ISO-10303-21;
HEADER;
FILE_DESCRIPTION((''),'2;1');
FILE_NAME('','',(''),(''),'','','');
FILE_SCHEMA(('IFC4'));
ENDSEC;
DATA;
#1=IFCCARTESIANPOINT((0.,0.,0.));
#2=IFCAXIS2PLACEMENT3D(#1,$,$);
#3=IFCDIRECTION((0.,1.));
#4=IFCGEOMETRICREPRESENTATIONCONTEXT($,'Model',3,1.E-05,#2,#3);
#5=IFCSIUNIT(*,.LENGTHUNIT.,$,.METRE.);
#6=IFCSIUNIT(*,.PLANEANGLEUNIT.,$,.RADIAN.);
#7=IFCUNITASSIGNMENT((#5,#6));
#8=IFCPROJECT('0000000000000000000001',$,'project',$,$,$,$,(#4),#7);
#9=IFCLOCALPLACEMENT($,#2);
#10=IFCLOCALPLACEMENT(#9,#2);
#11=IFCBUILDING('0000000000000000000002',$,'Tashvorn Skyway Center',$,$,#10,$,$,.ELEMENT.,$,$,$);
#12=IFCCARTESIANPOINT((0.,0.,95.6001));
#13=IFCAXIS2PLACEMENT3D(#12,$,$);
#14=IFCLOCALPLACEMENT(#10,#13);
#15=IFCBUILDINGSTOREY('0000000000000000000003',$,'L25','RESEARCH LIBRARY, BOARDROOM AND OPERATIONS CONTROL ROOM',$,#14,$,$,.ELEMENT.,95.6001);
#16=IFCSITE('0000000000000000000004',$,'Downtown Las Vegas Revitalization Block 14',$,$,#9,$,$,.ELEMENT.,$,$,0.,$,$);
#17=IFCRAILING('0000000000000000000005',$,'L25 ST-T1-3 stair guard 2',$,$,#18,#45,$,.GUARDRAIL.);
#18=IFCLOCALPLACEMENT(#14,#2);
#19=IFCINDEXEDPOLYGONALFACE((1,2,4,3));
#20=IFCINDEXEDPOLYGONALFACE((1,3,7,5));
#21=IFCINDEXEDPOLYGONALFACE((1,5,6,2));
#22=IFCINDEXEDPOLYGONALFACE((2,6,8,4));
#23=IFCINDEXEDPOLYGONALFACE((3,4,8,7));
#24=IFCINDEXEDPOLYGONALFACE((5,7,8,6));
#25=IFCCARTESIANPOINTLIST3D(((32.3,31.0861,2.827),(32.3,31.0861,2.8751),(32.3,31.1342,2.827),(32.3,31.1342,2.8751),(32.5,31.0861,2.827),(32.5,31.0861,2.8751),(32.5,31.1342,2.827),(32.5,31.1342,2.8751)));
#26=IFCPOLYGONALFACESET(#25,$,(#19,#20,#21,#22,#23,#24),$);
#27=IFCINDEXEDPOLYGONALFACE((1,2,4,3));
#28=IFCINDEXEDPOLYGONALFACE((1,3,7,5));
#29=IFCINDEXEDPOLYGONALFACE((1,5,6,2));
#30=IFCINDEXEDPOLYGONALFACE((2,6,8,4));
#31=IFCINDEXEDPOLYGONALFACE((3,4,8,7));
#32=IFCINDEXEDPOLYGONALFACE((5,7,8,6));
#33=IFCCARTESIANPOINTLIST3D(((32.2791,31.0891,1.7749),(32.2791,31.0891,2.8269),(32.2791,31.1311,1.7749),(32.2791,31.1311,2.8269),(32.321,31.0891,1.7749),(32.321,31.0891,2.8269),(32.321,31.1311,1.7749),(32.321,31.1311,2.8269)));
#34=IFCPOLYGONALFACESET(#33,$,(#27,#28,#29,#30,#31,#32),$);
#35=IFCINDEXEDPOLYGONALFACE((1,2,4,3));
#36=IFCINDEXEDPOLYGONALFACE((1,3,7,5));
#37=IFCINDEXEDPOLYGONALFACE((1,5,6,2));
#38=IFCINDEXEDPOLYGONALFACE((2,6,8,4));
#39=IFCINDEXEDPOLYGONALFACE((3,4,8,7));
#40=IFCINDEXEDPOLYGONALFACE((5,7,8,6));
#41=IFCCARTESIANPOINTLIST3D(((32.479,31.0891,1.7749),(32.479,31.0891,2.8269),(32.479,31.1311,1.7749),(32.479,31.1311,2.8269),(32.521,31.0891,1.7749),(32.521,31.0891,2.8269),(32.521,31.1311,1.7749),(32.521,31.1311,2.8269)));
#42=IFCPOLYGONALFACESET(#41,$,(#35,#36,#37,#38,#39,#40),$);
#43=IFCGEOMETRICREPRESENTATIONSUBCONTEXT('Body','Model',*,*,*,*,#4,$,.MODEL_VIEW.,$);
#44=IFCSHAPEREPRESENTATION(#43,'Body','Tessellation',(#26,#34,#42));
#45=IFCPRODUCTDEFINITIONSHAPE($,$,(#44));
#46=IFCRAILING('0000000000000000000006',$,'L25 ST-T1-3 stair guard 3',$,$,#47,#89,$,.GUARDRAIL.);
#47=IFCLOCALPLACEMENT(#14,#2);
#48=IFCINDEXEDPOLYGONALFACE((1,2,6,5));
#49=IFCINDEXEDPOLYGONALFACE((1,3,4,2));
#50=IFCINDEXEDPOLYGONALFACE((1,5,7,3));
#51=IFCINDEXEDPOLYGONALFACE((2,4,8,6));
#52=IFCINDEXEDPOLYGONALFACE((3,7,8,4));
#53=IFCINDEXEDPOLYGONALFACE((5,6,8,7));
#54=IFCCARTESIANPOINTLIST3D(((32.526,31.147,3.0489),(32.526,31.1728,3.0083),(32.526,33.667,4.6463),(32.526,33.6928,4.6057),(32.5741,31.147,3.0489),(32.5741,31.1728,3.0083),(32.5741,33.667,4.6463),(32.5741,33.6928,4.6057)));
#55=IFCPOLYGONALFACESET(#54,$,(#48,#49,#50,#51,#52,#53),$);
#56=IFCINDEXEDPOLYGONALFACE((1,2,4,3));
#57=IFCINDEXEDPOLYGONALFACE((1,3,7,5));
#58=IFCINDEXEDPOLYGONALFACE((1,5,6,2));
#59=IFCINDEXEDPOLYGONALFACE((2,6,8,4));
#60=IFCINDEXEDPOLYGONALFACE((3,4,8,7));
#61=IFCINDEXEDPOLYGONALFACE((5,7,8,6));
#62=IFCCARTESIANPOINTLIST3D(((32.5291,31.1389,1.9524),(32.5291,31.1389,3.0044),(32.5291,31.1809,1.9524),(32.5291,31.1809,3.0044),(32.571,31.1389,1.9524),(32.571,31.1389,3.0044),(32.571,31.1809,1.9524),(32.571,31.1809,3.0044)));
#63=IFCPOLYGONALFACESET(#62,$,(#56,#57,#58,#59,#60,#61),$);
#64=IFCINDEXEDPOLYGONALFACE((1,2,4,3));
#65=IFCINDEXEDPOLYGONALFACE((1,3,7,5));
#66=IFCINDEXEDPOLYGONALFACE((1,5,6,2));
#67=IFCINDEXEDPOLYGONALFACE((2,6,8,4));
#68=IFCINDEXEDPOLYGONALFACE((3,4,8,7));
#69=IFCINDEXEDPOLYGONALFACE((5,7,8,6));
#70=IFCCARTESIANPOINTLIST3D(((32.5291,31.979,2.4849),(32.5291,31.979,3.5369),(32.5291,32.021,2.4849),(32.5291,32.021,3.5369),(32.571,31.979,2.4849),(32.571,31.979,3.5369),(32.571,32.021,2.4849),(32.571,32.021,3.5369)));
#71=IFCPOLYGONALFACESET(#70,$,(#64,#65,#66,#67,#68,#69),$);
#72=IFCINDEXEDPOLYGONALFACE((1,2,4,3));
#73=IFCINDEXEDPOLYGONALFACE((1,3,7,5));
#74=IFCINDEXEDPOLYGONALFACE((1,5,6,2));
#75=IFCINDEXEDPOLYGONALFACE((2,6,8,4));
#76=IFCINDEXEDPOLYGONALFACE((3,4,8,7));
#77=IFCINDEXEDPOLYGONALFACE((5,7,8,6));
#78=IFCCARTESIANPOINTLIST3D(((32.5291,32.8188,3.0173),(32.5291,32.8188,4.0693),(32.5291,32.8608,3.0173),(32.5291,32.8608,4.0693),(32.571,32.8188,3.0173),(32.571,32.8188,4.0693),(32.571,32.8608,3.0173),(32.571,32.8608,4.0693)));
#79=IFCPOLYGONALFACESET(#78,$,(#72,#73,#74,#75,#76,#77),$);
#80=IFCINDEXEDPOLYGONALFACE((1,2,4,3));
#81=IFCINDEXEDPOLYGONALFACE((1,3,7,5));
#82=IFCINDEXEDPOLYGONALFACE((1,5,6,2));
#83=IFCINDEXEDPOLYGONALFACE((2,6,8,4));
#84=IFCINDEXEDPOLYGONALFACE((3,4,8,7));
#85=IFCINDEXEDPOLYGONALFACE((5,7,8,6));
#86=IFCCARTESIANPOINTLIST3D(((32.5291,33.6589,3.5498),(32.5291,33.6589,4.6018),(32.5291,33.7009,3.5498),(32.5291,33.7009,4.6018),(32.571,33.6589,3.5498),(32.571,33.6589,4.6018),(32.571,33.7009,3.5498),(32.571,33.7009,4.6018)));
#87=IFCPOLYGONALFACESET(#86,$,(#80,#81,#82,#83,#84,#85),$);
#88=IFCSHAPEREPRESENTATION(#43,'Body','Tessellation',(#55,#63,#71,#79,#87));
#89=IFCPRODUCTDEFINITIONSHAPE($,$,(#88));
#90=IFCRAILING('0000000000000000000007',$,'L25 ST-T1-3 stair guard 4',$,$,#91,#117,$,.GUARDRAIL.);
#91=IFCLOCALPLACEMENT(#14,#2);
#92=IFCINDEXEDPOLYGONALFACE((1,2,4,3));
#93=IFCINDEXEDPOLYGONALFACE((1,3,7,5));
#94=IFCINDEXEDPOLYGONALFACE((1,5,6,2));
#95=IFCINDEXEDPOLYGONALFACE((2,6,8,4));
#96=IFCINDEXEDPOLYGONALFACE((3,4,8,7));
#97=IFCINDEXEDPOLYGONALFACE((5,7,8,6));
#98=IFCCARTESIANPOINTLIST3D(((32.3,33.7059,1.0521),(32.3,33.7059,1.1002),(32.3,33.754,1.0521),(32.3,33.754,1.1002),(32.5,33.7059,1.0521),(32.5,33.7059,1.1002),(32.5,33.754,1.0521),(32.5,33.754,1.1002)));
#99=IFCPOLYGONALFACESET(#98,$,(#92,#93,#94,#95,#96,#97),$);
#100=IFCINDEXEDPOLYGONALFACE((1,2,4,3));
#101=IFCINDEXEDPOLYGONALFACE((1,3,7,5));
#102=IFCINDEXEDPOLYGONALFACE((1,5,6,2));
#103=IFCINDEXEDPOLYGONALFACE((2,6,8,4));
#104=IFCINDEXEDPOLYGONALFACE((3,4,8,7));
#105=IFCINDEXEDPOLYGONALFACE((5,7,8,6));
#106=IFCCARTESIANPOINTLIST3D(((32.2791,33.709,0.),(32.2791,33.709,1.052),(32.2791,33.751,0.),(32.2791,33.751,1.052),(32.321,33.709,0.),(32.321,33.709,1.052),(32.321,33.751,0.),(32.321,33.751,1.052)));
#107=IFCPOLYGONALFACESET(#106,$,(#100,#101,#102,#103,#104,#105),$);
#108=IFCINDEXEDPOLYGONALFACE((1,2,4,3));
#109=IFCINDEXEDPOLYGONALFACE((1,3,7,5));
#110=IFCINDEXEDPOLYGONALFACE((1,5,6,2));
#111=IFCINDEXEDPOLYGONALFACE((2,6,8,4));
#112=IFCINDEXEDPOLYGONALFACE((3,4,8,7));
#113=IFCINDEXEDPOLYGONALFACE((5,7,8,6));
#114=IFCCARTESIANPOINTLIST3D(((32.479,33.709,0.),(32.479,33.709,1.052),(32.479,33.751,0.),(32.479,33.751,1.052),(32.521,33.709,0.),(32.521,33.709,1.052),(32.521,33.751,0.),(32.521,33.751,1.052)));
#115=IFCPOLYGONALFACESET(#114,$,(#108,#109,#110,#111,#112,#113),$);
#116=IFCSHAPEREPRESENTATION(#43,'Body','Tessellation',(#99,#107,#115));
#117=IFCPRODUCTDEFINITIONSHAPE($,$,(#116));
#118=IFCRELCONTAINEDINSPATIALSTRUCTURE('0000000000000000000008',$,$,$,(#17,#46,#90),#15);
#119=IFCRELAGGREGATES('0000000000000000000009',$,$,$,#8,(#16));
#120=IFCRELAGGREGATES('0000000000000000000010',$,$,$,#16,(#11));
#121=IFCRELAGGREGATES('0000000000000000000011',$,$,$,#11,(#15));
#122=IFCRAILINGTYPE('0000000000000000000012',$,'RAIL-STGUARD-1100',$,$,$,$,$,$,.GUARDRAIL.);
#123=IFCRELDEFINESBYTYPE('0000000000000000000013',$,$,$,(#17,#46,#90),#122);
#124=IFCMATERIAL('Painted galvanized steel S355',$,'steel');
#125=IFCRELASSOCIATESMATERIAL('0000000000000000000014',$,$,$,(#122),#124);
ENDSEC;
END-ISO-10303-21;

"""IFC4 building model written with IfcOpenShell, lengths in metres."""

from ifc_helpers import new_model, si_unit, direction, frame, origin, origin_2d, place, context, subcontext, project, spatial, rectangle, extrude, material, type_object, element, save


model = new_model("IFC4")

# Units and contexts
model_context = context("Model", 3, precision=1e-05, world=origin(), true_north=direction((0.0, 1.0)))
body_context = subcontext(model_context, "Body", "Model", "MODEL_VIEW")
ifc_project = project(units=[si_unit("LENGTHUNIT", "METRE"), si_unit("PLANEANGLEUNIT", "RADIAN")], contexts=[model_context])

# Site, building, storey
site_placement = place(None, origin())
site = spatial("IfcSite", under=ifc_project, at=site_placement, Name="Downtown Las Vegas Revitalization Block 14", CompositionType="ELEMENT", RefElevation=0.0)
building_placement = place(site_placement, origin())
building = spatial("IfcBuilding", under=site, at=building_placement, Name="Tashvorn Skyway Center", CompositionType="ELEMENT")
storey_placement = place(building_placement, frame((0.0, 0.0, 95.6001)))
storey = spatial("IfcBuildingStorey", under=building, at=storey_placement, Name="L25", Description="RESEARCH LIBRARY, BOARDROOM AND OPERATIONS CONTROL ROOM", CompositionType="ELEMENT", Elevation=95.6001)

# Railings
ifc_material_1 = material(Name="Painted galvanized steel S355", Category="steel")
railing_type_1 = type_object("IfcRailingType", Name="RAIL-STGUARD-1100", PredefinedType="GUARDRAIL", material=ifc_material_1)
railing_1_placement = place(storey_placement, frame((32.3, 31.1101, 1.7749)))
element("IfcRailing", 1, at=railing_1_placement, inside=storey, type_object=railing_type_1, Name="L25 ST-T1-3 stair guard 2", PredefinedType="GUARDRAIL", context=body_context, shape_type="SweptSolid", body=[
    extrude(rectangle(XDim=0.0481, YDim=0.0481, at=origin_2d()), frame((0.0, 0.0, 1.0762), z_axis=(1.0, 0.0, 0.0), x_axis=(0.0, 1.0, 0.0)), (0.0, 0.0, 1.0), 0.2),
    extrude(rectangle(XDim=0.042, YDim=0.042, at=origin_2d()), origin(), (0.0, 0.0, 1.0), 1.052),
    extrude(rectangle(XDim=0.042, YDim=0.042, at=origin_2d()), frame((0.2, 0.0, 0.0)), (0.0, 0.0, 1.0), 1.052),
])
railing_2_placement = place(storey_placement, frame((32.55, 31.1599, 1.9524)))
element("IfcRailing", 2, at=railing_2_placement, inside=storey, type_object=railing_type_1, Name="L25 ST-T1-3 stair guard 3", PredefinedType="GUARDRAIL", context=body_context, shape_type="SweptSolid", body=[
    extrude(rectangle(XDim=0.0481, YDim=0.0481, at=origin_2d()), frame((0.0, 0.0, 1.0762), z_axis=(0.0, 0.844607, 0.535387), x_axis=(-1.0, 0.0, 0.0)), (0.0, 0.0, 1.0), 2.9836),
    extrude(rectangle(XDim=0.042, YDim=0.042, at=origin_2d()), origin(), (0.0, 0.0, 1.0), 1.052),
    extrude(rectangle(XDim=0.042, YDim=0.042, at=origin_2d()), frame((0.0, 0.8401, 0.5325)), (0.0, 0.0, 1.0), 1.052),
    extrude(rectangle(XDim=0.042, YDim=0.042, at=origin_2d()), frame((0.0, 1.6799, 1.0649)), (0.0, 0.0, 1.0), 1.052),
    extrude(rectangle(XDim=0.042, YDim=0.042, at=origin_2d()), frame((0.0, 2.52, 1.5974)), (0.0, 0.0, 1.0), 1.052),
])
railing_3_placement = place(storey_placement, frame((32.3, 33.73, 0.0)))
element("IfcRailing", 3, at=railing_3_placement, inside=storey, type_object=railing_type_1, Name="L25 ST-T1-3 stair guard 4", PredefinedType="GUARDRAIL", context=body_context, shape_type="SweptSolid", body=[
    extrude(rectangle(XDim=0.0481, YDim=0.0481, at=origin_2d()), frame((0.0, 0.0, 1.0762), z_axis=(1.0, 0.0, 0.0), x_axis=(0.0, 1.0, 0.0)), (0.0, 0.0, 1.0), 0.2),
    extrude(rectangle(XDim=0.042, YDim=0.042, at=origin_2d()), origin(), (0.0, 0.0, 1.0), 1.052),
    extrude(rectangle(XDim=0.042, YDim=0.042, at=origin_2d()), frame((0.2, 0.0, 0.0)), (0.0, 0.0, 1.0), 1.052),
])

save(model, "model.ifc")
